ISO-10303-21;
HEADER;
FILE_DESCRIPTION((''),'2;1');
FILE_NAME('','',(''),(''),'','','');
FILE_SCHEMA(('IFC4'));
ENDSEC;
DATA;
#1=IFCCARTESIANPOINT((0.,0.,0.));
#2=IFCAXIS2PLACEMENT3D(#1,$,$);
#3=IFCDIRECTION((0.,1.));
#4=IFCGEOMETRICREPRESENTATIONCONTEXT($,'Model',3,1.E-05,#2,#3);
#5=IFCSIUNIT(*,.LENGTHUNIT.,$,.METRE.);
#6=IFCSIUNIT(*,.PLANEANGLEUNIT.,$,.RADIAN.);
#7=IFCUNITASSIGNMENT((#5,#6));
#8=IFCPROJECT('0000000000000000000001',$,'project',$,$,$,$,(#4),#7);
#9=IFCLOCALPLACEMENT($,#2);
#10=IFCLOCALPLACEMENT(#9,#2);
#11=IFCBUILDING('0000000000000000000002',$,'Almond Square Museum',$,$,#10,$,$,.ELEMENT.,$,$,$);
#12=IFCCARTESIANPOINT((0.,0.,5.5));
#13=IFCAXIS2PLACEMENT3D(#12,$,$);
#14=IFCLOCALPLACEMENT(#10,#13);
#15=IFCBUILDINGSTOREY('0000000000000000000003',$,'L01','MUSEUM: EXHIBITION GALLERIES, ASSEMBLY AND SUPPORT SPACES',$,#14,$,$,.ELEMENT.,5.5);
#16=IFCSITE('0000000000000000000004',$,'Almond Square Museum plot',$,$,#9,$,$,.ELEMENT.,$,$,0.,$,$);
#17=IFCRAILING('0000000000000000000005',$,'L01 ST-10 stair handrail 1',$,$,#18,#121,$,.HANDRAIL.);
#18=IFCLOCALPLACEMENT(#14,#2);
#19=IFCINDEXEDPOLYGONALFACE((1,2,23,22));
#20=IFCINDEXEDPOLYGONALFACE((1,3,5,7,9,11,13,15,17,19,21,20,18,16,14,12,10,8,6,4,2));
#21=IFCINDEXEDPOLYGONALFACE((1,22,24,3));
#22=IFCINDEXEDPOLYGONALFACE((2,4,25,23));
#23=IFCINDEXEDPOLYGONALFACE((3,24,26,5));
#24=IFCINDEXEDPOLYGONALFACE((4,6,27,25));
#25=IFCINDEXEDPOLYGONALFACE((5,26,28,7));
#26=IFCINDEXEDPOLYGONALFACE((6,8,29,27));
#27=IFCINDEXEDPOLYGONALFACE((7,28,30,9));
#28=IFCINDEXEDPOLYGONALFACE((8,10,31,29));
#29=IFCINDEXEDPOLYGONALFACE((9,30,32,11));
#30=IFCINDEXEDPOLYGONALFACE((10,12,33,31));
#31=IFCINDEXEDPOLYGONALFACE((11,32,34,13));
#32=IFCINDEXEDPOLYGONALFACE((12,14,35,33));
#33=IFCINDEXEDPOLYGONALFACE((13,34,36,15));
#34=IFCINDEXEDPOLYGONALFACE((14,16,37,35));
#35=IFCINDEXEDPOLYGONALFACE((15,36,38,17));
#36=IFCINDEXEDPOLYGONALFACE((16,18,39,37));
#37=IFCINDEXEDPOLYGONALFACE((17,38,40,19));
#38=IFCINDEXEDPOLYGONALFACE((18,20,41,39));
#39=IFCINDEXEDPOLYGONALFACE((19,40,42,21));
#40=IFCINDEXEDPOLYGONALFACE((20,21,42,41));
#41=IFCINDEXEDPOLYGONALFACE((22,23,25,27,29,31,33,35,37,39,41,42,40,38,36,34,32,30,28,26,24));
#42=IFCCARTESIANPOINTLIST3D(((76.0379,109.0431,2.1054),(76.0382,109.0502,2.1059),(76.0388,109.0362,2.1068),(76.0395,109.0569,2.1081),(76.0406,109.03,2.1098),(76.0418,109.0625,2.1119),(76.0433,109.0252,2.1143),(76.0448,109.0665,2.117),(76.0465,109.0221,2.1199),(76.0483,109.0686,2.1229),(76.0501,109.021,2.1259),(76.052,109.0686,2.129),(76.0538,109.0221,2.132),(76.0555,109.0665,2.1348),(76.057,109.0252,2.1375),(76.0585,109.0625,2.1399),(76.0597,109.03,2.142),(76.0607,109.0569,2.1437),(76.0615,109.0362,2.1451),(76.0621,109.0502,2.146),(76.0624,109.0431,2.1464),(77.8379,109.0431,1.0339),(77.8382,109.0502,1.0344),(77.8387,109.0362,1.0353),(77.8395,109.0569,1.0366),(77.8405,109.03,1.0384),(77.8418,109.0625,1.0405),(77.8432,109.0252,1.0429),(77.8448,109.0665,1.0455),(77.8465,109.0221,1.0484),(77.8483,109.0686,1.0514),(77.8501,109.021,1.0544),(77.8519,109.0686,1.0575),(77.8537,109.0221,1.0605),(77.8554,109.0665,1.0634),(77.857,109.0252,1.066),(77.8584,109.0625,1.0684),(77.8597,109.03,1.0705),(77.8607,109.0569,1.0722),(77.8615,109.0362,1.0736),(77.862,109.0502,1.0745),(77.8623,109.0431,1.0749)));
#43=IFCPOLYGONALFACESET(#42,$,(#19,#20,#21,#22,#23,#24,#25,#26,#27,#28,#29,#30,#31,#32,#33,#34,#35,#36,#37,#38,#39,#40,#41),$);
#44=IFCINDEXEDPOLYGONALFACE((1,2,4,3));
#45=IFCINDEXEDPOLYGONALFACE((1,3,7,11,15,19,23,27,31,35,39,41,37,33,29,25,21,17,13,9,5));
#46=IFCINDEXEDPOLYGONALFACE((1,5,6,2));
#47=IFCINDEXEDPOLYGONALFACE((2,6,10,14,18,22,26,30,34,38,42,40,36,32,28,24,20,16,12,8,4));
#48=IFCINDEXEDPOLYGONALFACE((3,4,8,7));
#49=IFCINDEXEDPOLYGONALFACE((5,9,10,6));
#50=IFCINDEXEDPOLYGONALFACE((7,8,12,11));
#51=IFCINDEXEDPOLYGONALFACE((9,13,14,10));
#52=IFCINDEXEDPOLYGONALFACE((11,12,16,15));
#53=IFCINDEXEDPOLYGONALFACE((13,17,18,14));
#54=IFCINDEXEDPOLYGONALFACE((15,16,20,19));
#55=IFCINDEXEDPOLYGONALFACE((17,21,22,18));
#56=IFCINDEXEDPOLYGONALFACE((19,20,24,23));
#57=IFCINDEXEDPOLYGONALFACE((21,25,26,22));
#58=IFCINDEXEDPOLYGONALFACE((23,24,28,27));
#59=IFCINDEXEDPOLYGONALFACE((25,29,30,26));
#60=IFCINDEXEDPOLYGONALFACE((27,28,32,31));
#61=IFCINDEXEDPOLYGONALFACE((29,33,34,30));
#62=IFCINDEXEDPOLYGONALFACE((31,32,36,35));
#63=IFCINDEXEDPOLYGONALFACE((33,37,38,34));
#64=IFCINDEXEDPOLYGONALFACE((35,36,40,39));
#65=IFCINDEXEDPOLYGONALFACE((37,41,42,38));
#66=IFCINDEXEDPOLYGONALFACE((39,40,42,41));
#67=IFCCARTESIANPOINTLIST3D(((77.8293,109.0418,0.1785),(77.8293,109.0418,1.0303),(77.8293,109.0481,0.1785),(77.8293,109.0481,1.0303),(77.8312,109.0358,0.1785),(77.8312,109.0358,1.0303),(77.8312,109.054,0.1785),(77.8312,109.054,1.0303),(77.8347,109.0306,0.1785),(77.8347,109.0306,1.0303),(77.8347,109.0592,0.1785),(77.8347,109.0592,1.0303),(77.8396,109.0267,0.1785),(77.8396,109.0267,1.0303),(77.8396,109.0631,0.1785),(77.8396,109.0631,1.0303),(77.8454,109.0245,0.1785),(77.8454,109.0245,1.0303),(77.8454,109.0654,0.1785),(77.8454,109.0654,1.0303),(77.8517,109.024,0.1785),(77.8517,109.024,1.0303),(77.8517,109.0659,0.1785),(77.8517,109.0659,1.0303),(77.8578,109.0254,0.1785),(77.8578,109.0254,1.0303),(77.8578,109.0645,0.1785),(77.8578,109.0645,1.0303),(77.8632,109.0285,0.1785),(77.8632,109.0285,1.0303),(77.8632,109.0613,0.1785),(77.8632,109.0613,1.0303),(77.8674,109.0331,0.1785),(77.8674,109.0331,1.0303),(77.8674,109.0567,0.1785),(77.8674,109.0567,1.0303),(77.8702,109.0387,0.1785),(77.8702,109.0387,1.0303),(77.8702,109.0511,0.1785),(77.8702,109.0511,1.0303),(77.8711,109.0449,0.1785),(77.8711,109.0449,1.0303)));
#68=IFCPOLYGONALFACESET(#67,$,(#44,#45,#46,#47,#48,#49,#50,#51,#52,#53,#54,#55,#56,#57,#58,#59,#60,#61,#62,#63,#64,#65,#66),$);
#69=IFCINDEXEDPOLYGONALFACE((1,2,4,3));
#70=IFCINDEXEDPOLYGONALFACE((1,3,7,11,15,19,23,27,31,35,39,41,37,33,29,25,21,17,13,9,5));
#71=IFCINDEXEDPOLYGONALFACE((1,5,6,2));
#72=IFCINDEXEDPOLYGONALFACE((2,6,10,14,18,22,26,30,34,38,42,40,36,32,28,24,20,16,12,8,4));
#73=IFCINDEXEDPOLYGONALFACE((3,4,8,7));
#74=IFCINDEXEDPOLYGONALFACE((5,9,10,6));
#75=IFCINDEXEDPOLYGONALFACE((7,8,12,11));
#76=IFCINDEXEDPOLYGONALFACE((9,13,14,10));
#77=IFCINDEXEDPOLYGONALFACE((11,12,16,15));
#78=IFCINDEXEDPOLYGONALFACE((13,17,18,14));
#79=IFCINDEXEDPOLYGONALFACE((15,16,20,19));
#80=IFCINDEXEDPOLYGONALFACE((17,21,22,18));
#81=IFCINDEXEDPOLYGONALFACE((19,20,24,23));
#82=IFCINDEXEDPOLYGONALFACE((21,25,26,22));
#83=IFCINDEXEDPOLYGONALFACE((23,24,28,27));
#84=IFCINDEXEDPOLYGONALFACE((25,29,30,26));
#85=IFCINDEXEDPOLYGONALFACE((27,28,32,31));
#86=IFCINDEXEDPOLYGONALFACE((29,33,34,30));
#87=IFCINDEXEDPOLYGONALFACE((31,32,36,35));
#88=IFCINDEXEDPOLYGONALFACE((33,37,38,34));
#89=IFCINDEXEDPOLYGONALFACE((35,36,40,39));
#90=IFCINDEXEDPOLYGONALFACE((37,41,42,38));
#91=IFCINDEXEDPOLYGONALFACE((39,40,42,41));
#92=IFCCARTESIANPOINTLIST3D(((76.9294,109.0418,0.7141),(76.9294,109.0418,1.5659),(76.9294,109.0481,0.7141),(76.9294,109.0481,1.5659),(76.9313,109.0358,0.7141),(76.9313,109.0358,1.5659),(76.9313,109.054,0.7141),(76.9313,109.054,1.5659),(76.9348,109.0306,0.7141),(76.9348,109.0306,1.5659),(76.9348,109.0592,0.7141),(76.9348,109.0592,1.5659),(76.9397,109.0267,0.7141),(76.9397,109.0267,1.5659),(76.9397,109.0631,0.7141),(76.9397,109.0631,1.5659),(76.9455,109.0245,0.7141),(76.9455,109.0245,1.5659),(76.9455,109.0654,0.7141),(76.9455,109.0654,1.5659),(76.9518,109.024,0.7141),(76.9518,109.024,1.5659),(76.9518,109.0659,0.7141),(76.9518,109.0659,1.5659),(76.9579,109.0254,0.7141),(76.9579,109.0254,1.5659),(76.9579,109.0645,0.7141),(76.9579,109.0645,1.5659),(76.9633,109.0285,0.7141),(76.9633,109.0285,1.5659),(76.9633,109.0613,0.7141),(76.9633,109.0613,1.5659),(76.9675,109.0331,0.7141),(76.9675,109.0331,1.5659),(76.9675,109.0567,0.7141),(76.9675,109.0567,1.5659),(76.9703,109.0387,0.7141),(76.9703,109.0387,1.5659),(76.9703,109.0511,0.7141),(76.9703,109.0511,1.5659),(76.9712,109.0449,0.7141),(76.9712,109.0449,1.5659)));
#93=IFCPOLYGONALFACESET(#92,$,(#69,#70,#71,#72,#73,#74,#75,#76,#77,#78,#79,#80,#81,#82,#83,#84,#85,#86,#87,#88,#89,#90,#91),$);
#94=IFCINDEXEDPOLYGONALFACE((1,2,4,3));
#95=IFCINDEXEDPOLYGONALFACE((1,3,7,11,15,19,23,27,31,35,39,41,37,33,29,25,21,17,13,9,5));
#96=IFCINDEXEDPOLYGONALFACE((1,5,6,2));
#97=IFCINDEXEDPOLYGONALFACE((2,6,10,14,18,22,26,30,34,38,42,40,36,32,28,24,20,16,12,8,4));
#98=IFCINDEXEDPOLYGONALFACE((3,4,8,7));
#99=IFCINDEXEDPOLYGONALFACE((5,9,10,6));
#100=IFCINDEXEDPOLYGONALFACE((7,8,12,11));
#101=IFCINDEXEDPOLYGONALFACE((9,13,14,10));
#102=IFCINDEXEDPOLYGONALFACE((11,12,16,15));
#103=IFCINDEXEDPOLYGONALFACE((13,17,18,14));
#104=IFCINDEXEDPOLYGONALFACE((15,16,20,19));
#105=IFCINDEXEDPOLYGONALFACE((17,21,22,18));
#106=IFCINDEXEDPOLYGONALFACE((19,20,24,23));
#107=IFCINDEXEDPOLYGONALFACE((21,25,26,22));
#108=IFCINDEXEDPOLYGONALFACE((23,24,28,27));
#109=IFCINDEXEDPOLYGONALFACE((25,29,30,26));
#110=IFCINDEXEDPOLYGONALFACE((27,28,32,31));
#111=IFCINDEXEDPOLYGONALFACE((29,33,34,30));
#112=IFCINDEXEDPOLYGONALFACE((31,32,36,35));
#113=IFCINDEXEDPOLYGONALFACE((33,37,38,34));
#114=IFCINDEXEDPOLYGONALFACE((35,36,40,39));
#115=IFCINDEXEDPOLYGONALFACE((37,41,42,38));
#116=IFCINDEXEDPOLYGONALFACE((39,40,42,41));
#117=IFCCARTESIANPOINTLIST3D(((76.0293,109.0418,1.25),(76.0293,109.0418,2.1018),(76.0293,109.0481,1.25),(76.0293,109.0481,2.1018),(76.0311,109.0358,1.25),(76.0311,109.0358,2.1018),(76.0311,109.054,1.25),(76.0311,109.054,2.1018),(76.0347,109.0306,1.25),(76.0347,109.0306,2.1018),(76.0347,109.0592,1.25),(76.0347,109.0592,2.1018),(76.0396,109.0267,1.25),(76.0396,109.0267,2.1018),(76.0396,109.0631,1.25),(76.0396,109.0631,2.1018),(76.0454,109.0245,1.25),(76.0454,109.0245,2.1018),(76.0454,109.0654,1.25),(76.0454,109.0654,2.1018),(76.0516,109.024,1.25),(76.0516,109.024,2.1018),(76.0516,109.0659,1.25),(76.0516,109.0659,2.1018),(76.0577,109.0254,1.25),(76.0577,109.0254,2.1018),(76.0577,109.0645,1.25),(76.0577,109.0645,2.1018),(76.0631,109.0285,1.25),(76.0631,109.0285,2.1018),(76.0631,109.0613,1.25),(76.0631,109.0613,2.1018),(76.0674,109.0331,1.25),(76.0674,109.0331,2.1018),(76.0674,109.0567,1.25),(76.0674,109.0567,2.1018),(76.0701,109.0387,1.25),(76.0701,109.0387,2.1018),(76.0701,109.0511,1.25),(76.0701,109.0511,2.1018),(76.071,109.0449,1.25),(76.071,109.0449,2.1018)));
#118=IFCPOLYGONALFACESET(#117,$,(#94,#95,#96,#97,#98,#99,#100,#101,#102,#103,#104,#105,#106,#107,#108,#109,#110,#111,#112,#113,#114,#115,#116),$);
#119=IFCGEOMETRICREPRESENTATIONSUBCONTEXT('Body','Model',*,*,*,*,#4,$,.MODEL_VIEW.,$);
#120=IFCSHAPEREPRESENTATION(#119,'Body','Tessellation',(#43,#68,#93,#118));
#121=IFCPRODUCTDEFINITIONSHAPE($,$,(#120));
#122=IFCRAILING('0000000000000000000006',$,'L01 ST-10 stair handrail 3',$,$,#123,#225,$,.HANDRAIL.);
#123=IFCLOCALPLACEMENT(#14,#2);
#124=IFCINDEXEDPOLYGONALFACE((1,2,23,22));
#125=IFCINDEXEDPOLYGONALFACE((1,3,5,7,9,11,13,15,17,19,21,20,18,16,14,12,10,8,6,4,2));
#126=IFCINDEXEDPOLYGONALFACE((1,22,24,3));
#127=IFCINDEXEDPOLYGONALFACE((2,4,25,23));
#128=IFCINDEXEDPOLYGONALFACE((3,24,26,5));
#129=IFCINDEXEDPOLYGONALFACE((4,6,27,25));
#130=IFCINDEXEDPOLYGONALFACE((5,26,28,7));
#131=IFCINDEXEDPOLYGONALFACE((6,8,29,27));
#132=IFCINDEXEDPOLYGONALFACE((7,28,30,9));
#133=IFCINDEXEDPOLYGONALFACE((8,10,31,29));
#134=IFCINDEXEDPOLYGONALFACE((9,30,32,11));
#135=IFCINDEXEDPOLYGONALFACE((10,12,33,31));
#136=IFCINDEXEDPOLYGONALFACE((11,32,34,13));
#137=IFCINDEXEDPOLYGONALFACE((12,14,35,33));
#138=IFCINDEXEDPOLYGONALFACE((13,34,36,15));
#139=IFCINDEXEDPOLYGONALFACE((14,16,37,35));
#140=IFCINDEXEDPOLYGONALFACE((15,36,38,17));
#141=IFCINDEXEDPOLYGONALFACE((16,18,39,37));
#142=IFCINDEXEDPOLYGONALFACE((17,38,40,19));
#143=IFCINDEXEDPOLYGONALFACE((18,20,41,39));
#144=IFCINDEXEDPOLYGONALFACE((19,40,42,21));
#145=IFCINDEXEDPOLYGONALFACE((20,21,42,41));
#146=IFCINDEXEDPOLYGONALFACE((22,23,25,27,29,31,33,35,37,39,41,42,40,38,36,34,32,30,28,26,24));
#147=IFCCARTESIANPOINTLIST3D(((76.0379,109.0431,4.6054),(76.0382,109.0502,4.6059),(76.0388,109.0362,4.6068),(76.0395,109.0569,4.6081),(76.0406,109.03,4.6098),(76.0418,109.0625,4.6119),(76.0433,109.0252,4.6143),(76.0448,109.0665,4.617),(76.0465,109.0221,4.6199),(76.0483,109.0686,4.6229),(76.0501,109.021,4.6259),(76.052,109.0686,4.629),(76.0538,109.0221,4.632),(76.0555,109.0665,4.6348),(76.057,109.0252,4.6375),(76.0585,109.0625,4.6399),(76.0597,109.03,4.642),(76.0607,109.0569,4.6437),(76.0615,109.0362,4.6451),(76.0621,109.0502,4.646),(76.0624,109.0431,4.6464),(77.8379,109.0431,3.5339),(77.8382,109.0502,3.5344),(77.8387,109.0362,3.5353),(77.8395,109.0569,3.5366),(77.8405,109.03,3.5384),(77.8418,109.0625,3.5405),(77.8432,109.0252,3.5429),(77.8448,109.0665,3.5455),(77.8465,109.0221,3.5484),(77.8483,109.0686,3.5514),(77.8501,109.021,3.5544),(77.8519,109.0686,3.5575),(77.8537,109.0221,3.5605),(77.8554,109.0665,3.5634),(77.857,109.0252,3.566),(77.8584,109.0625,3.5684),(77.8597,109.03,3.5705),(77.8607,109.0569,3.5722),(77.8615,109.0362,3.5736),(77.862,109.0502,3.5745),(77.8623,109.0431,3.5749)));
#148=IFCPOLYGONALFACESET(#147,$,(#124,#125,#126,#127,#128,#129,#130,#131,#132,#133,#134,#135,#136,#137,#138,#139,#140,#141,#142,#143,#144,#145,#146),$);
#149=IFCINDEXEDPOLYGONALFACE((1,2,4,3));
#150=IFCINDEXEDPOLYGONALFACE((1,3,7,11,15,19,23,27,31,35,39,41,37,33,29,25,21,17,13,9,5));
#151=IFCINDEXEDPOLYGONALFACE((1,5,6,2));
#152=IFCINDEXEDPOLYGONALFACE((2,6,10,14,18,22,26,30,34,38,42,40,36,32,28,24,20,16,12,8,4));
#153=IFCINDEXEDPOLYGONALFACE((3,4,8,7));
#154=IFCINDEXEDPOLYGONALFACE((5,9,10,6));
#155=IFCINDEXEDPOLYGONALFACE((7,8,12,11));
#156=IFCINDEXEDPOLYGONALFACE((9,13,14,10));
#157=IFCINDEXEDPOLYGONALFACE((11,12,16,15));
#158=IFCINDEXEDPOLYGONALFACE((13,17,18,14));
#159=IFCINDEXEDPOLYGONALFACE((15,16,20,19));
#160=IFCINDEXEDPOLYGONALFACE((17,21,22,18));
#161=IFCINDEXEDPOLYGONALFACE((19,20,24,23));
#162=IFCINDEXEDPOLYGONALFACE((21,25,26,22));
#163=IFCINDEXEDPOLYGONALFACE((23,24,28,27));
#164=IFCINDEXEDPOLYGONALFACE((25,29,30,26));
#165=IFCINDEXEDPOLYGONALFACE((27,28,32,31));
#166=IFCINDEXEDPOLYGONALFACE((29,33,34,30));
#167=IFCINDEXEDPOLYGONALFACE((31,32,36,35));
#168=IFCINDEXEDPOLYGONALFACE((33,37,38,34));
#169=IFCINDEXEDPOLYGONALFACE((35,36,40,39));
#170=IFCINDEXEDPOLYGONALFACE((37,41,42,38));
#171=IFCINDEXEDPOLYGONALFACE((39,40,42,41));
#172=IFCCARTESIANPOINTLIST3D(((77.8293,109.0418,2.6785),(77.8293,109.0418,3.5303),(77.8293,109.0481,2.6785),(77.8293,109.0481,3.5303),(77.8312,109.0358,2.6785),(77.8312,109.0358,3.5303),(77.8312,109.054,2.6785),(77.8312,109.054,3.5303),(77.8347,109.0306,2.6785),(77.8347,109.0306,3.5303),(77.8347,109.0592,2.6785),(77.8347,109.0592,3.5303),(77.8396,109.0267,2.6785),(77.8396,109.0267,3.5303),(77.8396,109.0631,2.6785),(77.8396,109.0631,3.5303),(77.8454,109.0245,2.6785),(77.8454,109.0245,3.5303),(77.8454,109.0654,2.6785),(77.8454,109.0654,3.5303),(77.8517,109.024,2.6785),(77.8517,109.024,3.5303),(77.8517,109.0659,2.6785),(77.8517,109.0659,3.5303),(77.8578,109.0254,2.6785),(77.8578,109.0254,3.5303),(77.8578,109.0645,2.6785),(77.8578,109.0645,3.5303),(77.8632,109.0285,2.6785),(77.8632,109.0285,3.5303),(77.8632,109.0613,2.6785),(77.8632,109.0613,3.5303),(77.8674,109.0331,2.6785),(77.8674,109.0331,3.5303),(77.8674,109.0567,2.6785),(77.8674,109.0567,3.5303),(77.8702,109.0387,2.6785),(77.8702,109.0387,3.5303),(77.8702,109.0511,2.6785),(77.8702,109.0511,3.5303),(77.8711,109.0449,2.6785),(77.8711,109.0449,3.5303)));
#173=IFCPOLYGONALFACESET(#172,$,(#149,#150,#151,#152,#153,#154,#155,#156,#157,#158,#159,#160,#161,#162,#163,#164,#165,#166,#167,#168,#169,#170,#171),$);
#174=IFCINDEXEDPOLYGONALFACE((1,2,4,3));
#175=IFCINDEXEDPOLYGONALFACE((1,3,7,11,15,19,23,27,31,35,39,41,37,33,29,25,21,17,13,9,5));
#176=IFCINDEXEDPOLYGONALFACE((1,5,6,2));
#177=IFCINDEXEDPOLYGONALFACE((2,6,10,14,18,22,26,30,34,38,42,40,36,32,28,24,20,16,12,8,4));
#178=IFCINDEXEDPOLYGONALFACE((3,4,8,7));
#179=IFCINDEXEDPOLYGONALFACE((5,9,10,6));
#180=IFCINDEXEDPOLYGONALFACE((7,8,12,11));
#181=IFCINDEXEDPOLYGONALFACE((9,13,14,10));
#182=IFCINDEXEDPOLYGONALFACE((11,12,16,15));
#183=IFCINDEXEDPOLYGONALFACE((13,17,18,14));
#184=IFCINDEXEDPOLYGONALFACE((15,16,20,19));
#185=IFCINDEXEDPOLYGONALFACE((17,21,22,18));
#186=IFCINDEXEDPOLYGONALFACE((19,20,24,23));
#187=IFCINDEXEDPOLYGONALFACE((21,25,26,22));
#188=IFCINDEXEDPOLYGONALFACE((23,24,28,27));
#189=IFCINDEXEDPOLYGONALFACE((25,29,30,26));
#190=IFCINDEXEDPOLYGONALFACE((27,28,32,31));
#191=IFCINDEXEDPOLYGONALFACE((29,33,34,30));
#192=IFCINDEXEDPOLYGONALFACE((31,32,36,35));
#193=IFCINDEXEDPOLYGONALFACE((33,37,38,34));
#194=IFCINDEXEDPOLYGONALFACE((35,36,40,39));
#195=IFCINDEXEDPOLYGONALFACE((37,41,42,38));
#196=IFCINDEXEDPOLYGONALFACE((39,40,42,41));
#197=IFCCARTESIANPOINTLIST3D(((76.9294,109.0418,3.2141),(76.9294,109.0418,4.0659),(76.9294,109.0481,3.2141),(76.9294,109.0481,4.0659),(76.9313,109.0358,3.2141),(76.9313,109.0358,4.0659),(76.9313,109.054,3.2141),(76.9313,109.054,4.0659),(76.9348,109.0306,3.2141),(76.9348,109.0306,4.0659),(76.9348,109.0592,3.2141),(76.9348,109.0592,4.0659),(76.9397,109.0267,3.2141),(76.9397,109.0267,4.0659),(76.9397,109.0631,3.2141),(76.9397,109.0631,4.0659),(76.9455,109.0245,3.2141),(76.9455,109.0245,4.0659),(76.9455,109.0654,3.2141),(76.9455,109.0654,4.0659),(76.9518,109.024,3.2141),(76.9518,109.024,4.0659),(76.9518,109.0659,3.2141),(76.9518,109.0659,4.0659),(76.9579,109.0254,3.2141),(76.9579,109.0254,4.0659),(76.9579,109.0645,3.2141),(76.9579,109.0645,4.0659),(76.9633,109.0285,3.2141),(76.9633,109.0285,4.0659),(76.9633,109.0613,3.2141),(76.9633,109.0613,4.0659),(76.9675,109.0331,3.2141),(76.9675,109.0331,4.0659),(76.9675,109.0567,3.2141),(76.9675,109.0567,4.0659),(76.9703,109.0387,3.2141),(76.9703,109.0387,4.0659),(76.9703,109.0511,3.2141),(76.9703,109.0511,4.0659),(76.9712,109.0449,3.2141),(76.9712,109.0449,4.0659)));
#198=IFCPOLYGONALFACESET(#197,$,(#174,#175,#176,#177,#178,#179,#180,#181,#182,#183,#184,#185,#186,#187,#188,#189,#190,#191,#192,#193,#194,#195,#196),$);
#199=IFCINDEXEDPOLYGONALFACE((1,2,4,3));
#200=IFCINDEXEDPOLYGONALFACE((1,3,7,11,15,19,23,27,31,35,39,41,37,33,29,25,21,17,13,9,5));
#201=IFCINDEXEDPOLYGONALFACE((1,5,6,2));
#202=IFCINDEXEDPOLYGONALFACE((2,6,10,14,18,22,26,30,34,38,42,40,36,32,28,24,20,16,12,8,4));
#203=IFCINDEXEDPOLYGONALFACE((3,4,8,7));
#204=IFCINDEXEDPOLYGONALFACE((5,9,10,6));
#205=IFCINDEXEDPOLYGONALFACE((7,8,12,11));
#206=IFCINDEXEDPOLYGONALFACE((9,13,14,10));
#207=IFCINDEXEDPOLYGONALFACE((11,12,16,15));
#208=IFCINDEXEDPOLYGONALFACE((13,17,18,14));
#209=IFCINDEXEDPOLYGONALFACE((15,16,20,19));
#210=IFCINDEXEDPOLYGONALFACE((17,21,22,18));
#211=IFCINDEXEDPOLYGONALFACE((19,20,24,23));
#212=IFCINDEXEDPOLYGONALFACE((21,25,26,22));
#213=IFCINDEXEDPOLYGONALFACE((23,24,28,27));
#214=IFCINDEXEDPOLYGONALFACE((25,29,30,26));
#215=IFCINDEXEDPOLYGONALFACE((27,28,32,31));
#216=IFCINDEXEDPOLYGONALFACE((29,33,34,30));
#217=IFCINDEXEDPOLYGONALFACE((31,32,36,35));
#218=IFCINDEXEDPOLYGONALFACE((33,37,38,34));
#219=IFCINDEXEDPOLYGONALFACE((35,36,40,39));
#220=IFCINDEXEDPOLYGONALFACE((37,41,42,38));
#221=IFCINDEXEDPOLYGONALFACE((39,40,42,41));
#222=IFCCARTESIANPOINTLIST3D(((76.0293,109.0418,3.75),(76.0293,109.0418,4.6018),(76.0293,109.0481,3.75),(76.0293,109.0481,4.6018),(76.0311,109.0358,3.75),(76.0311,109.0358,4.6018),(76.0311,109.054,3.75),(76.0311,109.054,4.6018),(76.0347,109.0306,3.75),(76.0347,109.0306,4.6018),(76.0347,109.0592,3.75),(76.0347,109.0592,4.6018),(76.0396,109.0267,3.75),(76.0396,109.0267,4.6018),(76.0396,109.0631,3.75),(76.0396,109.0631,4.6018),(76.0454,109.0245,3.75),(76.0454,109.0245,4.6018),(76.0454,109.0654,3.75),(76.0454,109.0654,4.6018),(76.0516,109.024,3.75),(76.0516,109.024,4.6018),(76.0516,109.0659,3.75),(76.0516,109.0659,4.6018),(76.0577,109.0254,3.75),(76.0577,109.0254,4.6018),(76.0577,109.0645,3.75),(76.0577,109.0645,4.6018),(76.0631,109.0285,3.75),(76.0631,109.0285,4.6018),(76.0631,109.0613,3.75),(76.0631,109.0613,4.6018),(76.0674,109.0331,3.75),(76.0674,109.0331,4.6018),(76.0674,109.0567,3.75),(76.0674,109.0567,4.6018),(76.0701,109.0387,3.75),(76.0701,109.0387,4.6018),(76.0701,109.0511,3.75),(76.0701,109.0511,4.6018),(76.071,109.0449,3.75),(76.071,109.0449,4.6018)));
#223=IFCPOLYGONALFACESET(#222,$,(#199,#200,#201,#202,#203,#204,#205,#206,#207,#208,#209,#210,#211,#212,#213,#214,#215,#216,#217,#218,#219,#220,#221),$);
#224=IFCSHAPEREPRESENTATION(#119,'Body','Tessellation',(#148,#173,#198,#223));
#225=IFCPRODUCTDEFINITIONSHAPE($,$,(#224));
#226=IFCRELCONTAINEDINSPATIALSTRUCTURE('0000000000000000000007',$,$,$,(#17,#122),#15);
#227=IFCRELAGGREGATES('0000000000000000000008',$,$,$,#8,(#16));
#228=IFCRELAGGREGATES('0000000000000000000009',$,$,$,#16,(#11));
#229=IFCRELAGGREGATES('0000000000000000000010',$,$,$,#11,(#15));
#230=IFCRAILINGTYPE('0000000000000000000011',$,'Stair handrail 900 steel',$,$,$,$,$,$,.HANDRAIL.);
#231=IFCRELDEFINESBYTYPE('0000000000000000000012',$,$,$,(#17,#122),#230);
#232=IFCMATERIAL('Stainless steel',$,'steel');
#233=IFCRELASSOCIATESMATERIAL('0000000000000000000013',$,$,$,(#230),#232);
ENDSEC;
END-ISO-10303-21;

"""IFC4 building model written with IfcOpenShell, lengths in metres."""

from ifc_helpers import new_model, si_unit, direction, frame, origin, origin_2d, place, context, subcontext, project, spatial, circle, extrude, material, type_object, element, save


model = new_model("IFC4")

# Units and contexts
model_context = context("Model", 3, precision=1e-05, world=origin(), true_north=direction((0.0, 1.0)))
body_context = subcontext(model_context, "Body", "Model", "MODEL_VIEW")
ifc_project = project(units=[si_unit("LENGTHUNIT", "METRE"), si_unit("PLANEANGLEUNIT", "RADIAN")], contexts=[model_context])

# Site, building, storey
site_placement = place(None, origin())
site = spatial("IfcSite", under=ifc_project, at=site_placement, Name="Almond Square Museum plot", CompositionType="ELEMENT", RefElevation=0.0)
building_placement = place(site_placement, origin())
building = spatial("IfcBuilding", under=site, at=building_placement, Name="Almond Square Museum", CompositionType="ELEMENT")
storey_placement = place(building_placement, frame((0.0, 0.0, 5.5)))
storey = spatial("IfcBuildingStorey", under=building, at=storey_placement, Name="L01", Description="MUSEUM: EXHIBITION GALLERIES, ASSEMBLY AND SUPPORT SPACES", CompositionType="ELEMENT", Elevation=5.5)

# Railings
ifc_material_1 = material(Name="Stainless steel", Category="steel")
railing_type_1 = type_object("IfcRailingType", Name="Stair handrail 900 steel", PredefinedType="HANDRAIL", material=ifc_material_1)
for number, where, name in (
    (1, (77.8501, 109.0449, 0.1785), "L01 ST-10 stair handrail 1"),
    (2, (77.8501, 109.0449, 2.6785), "L01 ST-10 stair handrail 3"),
):
    element("IfcRailing", number, at=place(storey_placement, frame(where)), inside=storey, type_object=railing_type_1, Name=name, PredefinedType="HANDRAIL", context=body_context, shape_type="SweptSolid", body=[
        extrude(circle(Radius=0.0239, at=origin_2d()), frame((0.0, 0.0, 0.876), z_axis=(-0.859277, 0.0, 0.51151), x_axis=(0.0, -1.0, 0.0)), (0.0, 0.0, 1.0), 2.0947),
        extrude(circle(Radius=0.021, at=origin_2d()), origin(), (0.0, 0.0, 1.0), 0.8518),
        extrude(circle(Radius=0.021, at=origin_2d()), frame((-0.8999, 0.0, 0.5356)), (0.0, 0.0, 1.0), 0.8518),
        extrude(circle(Radius=0.021, at=origin_2d()), frame((-1.8, 0.0, 1.0715)), (0.0, 0.0, 1.0), 0.8518),
    ])

save(model, "model.ifc")
